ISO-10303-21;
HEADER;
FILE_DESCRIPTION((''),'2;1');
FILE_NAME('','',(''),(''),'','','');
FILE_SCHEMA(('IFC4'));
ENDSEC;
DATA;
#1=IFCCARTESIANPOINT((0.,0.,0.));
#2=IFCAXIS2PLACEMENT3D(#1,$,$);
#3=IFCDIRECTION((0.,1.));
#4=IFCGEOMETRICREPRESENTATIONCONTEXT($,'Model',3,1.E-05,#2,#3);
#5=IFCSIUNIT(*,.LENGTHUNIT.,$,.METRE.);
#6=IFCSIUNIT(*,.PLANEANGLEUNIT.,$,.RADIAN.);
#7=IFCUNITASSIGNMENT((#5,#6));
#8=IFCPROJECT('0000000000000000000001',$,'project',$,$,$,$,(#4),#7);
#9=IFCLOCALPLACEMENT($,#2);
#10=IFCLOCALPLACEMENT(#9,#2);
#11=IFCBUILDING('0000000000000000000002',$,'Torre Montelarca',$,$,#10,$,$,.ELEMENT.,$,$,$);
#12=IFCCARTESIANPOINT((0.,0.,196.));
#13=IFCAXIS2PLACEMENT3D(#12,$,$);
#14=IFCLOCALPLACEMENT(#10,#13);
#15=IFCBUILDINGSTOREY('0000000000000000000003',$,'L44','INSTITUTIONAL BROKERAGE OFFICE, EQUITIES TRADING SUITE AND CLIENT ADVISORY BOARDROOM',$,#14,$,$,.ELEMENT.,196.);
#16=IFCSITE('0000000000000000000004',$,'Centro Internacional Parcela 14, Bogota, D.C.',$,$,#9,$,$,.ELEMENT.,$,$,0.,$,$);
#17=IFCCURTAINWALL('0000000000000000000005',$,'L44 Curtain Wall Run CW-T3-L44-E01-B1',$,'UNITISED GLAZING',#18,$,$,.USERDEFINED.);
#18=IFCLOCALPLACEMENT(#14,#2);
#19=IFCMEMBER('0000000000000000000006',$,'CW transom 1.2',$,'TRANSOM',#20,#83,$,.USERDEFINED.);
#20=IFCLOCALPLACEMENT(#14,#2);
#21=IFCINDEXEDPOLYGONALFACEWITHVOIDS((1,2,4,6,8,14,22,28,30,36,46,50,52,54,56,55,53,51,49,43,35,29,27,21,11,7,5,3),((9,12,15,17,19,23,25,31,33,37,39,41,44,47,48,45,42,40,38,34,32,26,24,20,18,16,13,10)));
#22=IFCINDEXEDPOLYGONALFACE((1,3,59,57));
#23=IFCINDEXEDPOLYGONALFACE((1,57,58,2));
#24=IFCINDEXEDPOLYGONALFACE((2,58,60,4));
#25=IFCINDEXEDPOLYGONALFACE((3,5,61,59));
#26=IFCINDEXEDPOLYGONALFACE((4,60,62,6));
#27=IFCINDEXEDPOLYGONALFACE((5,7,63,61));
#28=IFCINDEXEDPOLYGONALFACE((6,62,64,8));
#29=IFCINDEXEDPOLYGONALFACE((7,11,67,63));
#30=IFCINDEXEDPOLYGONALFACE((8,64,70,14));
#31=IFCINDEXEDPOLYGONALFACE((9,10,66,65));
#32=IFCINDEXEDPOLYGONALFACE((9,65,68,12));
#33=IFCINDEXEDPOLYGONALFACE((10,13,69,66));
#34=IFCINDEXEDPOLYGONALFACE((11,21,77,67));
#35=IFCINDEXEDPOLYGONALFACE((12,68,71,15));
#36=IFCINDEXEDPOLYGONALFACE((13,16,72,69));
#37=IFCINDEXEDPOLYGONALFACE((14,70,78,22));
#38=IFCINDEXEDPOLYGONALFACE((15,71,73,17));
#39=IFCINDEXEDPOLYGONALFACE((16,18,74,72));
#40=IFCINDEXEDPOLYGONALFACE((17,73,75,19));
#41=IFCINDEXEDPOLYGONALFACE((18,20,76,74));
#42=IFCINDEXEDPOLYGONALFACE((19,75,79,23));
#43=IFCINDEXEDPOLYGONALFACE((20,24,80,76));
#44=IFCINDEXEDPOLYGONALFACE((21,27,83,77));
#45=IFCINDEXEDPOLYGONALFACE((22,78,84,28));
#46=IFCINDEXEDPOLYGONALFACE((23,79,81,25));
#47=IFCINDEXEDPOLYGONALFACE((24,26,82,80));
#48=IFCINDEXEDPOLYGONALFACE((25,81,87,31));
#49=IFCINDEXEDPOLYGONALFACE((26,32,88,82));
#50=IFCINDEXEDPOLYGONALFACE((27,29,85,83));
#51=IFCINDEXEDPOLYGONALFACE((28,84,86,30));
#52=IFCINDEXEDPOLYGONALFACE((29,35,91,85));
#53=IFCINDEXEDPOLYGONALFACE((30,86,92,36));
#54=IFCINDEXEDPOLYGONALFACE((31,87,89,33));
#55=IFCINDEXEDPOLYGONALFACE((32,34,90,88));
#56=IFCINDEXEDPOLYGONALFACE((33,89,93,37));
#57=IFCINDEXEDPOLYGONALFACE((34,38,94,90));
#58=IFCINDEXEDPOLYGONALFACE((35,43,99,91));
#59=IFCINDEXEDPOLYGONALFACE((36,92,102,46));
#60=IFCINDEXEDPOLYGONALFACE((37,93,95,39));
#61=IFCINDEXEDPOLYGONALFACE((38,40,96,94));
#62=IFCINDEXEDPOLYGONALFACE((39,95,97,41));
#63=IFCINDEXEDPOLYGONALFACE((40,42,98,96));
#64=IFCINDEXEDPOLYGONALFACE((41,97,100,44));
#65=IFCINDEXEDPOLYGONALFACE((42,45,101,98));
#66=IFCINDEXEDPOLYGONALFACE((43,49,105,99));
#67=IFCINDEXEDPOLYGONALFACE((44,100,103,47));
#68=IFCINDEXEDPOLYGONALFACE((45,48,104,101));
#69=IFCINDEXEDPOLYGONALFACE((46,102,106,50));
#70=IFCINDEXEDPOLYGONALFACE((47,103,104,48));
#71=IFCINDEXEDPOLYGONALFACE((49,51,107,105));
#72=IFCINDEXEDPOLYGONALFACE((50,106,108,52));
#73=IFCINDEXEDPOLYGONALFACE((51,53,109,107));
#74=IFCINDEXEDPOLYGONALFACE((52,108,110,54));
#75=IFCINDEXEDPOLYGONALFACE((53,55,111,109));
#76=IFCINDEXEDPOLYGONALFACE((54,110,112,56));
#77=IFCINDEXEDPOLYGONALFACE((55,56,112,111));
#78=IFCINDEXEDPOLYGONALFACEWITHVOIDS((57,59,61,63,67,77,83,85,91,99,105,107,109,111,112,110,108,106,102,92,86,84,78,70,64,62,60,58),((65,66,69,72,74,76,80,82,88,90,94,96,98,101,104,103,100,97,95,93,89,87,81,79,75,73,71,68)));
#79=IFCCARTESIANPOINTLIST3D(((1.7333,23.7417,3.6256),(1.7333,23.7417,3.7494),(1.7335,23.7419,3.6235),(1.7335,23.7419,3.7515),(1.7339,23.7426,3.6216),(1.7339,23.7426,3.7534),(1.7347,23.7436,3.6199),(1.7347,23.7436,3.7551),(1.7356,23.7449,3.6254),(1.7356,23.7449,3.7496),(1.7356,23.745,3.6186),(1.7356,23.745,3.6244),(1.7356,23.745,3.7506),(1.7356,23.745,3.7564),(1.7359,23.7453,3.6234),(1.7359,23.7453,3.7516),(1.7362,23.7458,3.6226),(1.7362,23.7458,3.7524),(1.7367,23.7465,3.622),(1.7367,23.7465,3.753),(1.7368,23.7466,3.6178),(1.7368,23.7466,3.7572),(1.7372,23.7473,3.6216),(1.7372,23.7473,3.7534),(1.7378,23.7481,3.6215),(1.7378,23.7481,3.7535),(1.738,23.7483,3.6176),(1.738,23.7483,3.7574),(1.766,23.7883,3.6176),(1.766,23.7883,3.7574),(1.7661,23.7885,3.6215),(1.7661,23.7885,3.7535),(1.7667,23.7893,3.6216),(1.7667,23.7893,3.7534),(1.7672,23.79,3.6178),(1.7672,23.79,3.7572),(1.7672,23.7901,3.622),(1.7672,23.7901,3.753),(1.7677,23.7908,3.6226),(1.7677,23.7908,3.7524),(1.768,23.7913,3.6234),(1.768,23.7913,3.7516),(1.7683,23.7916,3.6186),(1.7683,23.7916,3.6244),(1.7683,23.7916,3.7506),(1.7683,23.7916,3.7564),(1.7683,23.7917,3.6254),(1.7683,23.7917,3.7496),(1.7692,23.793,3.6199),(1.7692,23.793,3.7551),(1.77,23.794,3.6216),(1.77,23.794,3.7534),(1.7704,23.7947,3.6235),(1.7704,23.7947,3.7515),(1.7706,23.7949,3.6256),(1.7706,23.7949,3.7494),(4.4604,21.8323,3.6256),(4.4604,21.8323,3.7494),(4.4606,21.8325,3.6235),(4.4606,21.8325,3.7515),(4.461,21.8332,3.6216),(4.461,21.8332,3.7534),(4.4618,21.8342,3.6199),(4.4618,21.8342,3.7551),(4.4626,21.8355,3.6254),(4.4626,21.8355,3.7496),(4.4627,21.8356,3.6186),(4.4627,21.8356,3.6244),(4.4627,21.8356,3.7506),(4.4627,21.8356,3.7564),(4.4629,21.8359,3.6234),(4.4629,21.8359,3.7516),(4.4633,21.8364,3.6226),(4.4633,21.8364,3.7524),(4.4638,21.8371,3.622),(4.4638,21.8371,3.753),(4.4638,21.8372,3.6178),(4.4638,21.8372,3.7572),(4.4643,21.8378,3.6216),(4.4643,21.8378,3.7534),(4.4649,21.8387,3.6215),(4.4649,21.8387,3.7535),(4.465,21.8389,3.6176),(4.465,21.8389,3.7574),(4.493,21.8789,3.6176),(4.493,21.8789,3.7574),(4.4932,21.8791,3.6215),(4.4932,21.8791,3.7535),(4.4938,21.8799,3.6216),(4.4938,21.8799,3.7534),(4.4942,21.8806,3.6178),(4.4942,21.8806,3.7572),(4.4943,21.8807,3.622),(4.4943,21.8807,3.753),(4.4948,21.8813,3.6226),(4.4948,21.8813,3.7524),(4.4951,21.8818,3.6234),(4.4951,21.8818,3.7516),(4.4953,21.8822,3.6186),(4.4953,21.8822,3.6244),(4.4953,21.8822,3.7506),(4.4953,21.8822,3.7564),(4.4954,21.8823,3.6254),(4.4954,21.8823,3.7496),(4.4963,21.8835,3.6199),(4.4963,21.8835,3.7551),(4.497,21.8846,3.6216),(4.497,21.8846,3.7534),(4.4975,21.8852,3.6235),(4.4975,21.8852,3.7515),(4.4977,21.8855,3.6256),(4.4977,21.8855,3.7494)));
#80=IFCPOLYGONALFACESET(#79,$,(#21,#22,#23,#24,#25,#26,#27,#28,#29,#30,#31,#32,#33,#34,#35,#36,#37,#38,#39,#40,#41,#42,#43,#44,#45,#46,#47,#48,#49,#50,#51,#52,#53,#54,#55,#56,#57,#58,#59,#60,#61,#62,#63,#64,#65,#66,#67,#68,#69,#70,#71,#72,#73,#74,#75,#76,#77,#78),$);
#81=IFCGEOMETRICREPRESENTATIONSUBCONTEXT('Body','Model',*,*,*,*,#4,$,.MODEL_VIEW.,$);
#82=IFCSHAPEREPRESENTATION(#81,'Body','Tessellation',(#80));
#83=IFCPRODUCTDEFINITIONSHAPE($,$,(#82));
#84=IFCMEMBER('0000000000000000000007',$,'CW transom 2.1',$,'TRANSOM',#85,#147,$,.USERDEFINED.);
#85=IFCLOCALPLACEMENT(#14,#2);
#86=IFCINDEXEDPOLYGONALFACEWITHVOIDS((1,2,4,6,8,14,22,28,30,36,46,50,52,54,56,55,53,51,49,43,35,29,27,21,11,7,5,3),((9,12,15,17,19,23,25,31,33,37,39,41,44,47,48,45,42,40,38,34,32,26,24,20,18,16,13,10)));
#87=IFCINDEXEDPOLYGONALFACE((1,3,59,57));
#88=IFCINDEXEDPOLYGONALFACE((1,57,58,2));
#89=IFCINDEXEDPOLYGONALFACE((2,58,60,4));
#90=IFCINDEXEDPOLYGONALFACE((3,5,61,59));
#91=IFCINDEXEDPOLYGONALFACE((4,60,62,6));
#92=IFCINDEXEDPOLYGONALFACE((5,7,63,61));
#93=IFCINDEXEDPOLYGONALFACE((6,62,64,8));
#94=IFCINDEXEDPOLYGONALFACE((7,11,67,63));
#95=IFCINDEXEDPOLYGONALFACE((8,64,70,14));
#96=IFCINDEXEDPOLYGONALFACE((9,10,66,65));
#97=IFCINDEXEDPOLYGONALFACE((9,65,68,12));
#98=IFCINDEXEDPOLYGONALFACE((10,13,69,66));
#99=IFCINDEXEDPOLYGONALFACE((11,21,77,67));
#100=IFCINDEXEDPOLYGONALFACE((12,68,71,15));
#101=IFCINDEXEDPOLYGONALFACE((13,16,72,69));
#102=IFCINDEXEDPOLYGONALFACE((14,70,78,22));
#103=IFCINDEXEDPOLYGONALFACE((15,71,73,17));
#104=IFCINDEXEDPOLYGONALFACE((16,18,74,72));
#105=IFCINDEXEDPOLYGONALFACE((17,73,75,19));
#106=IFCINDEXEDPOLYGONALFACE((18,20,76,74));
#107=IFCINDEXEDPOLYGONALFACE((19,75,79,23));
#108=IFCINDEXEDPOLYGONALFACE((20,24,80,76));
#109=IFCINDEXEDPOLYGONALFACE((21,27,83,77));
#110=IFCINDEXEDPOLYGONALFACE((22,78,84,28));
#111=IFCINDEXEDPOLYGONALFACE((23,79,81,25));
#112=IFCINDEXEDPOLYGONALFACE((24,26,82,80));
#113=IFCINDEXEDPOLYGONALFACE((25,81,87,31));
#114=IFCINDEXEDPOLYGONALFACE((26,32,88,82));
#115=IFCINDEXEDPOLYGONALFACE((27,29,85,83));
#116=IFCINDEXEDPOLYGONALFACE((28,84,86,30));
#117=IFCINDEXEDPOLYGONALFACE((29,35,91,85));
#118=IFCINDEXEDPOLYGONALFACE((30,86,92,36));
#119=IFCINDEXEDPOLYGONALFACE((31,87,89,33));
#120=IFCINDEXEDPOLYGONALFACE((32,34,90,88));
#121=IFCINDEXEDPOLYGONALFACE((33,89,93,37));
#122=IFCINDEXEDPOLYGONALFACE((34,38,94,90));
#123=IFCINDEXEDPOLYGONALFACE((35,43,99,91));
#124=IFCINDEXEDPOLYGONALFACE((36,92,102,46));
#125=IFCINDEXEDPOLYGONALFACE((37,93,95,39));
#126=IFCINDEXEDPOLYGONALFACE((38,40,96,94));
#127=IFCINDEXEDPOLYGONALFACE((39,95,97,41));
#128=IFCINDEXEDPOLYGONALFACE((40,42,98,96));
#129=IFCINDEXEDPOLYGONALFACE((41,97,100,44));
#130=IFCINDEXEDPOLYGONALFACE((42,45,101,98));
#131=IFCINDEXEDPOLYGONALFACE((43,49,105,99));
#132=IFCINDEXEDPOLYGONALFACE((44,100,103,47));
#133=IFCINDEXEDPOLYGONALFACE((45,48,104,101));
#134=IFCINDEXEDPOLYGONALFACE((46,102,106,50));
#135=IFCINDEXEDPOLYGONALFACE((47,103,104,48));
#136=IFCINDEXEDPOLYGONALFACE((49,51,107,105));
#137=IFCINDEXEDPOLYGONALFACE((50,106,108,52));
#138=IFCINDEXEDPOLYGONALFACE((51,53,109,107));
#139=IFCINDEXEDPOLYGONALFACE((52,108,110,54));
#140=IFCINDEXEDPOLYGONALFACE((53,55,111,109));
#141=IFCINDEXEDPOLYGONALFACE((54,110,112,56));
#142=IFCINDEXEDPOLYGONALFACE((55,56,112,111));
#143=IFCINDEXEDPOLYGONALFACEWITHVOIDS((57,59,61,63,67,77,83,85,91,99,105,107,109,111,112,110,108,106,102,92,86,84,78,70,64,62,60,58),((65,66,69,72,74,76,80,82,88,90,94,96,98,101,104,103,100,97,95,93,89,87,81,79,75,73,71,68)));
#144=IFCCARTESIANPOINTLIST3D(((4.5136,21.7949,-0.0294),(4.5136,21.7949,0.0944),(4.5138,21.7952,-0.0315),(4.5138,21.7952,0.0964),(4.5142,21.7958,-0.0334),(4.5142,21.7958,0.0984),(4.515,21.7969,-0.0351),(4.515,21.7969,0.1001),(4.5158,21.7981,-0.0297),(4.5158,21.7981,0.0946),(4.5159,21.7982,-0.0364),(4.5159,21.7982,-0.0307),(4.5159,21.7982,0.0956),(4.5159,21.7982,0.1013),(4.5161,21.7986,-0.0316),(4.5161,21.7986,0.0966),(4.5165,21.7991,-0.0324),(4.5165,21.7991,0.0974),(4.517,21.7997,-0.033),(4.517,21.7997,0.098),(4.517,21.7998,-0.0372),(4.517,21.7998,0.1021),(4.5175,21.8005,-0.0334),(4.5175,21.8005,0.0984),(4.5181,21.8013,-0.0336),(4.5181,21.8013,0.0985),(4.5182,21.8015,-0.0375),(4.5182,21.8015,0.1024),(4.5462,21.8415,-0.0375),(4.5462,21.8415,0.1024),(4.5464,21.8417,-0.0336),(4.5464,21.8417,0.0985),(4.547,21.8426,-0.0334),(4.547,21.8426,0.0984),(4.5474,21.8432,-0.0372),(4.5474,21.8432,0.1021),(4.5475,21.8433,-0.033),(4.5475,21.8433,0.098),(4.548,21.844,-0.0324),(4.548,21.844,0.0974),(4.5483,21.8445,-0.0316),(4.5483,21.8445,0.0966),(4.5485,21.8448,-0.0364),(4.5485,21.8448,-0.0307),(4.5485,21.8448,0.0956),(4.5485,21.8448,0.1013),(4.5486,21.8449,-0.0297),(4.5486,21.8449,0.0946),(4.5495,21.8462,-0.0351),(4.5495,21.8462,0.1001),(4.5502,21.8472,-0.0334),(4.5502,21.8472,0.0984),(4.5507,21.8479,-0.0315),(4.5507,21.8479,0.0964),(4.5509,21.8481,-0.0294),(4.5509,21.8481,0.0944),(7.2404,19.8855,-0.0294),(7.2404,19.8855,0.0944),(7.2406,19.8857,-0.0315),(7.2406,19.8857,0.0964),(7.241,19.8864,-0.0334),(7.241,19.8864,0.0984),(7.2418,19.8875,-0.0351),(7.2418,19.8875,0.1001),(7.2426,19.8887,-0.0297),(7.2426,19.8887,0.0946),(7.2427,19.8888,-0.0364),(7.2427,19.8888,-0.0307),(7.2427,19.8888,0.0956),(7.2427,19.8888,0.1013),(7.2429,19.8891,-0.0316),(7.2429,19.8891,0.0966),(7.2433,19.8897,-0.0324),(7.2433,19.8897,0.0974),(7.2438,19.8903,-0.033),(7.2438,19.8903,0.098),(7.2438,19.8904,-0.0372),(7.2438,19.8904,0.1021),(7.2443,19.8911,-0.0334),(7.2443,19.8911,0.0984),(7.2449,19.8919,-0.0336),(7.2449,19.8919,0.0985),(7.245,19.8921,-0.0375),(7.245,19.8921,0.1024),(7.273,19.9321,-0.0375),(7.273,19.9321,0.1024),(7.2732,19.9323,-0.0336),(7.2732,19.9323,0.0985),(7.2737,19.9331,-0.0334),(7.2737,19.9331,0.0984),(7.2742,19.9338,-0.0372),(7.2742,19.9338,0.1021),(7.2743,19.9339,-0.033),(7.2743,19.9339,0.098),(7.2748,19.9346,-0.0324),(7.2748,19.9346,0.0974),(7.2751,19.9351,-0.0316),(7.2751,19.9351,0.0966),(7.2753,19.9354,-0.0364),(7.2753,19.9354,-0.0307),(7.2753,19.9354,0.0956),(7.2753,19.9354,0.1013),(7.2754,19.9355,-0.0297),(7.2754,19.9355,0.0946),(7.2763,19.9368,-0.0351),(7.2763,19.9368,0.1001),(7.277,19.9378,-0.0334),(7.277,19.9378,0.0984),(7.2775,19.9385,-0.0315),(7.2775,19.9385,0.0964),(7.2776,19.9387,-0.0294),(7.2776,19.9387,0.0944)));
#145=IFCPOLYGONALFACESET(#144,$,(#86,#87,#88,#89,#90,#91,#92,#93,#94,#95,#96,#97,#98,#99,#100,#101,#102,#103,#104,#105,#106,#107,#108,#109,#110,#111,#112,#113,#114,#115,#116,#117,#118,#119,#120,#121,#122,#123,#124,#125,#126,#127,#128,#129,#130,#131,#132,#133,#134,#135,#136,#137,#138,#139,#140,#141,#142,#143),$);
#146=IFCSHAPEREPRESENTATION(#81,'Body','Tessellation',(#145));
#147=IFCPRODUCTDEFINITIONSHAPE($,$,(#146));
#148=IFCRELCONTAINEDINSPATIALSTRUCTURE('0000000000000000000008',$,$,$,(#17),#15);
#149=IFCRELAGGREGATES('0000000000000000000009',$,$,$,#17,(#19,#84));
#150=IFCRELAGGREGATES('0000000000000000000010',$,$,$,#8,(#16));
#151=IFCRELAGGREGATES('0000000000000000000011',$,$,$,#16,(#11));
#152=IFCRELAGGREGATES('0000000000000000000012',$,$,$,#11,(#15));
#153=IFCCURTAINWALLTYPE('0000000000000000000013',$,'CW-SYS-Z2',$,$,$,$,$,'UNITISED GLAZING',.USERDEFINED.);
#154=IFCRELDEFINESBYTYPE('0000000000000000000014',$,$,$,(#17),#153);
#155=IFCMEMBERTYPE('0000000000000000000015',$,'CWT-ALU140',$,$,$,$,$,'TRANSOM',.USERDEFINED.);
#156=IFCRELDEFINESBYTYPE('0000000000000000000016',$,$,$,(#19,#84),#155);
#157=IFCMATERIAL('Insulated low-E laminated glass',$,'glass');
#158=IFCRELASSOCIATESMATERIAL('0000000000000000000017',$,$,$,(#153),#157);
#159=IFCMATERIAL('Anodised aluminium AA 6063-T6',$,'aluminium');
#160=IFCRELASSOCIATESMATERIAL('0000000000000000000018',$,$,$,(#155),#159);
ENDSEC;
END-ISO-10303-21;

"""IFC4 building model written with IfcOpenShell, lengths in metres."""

from ifc_helpers import new_model, si_unit, direction, frame, origin, origin_2d, place, context, subcontext, project, spatial, hollow_rectangle, extrude, source, transform, mapped, material, material_profile, profile_set, type_object, element, aggregate, save


model = new_model("IFC4")

# Units and contexts
model_context = context("Model", 3, precision=1e-05, world=origin(), true_north=direction((0.0, 1.0)))
body_context = subcontext(model_context, "Body", "Model", "MODEL_VIEW")
ifc_project = project(units=[si_unit("LENGTHUNIT", "METRE"), si_unit("PLANEANGLEUNIT", "RADIAN")], contexts=[model_context])

# Site, building, storey
site_placement = place(None, origin())
site = spatial("IfcSite", under=ifc_project, at=site_placement, Name="Centro Internacional Parcela 14, Bogota, D.C.", CompositionType="ELEMENT", RefElevation=0.0)
building_placement = place(site_placement, origin())
building = spatial("IfcBuilding", under=site, at=building_placement, Name="Torre Montelarca", CompositionType="ELEMENT")
storey_placement = place(building_placement, frame((0.0, 0.0, 196.0)))
storey = spatial("IfcBuildingStorey", under=building, at=storey_placement, Name="L44", Description="INSTITUTIONAL BROKERAGE OFFICE, EQUITIES TRADING SUITE AND CLIENT ADVISORY BOARDROOM", CompositionType="ELEMENT", Elevation=196.0)

# Curtain wall
ifc_material_1 = material(Name="Insulated low-E laminated glass", Category="glass")
curtain_wall_type = type_object("IfcCurtainWallType", Name="CW-SYS-Z2", ElementType="UNITISED GLAZING", PredefinedType="USERDEFINED", material=ifc_material_1)
curtain_wall_1_placement = place(storey_placement, origin())
curtain_wall_1 = element("IfcCurtainWall", 1, at=curtain_wall_1_placement, inside=storey, type_object=curtain_wall_type, Name="L44 Curtain Wall Run CW-T3-L44-E01-B1", ObjectType="UNITISED GLAZING", PredefinedType="USERDEFINED")
ifc_material_2 = material(Name="Anodised aluminium AA 6063-T6", Category="aluminium")

# Members
ifc_material_profile_1 = material_profile(ifc_material_2, hollow_rectangle(XDim=0.0649, YDim=0.1399, WallThickness=0.0039, InnerFilletRadius=0.0039, OuterFilletRadius=0.0081, at=origin_2d()), Name="ALU65X140X4", Category="aluminium")
ifc_profile_set_1 = profile_set([ifc_material_profile_1], Name="Anodised aluminium AA 6063-T6")
member_type_1 = type_object("IfcMemberType", Name="CWT-ALU140", ElementType="TRANSOM", PredefinedType="USERDEFINED", material=ifc_profile_set_1)
shared_shape_1 = source(origin(), body_context, "Body", "SweptSolid", [
    extrude(hollow_rectangle(XDim=0.0649, YDim=0.1399, WallThickness=0.0039, InnerFilletRadius=0.0039, OuterFilletRadius=0.0081, at=origin_2d()), origin(), (0.0, 0.0, 1.0), 3.3291),
])
member_1_placement = place(storey_placement, frame((1.752, 23.7683, 3.6875), z_axis=(0.819163, -0.573561, 0.0), x_axis=(0.573561, 0.819163, 0.0)))
member_1 = element("IfcMember", 2, at=member_1_placement, type_object=member_type_1, Name="CW transom 1.2", ObjectType="TRANSOM", PredefinedType="USERDEFINED", context=body_context, shape_type="MappedRepresentation", body=[
    mapped(shared_shape_1, transform((0.0, 0.0, 0.0), scale=1.0)),
])
shared_shape_2 = source(origin(), body_context, "Body", "SweptSolid", [
    extrude(hollow_rectangle(XDim=0.0649, YDim=0.1399, WallThickness=0.0039, InnerFilletRadius=0.0039, OuterFilletRadius=0.0081, at=origin_2d()), origin(), (0.0, 0.0, 1.0), 3.3289),
])
member_2_placement = place(storey_placement, frame((4.5322, 21.8215, 0.0325), z_axis=(0.819139, -0.573595, 0.0), x_axis=(0.573595, 0.819139, 0.0)))
member_2 = element("IfcMember", 3, at=member_2_placement, type_object=member_type_1, Name="CW transom 2.1", ObjectType="TRANSOM", PredefinedType="USERDEFINED", context=body_context, shape_type="MappedRepresentation", body=[
    mapped(shared_shape_2, transform((0.0, 0.0, 0.0), scale=1.0)),
])

aggregate(curtain_wall_1, [member_1, member_2])

save(model, "model.ifc")
